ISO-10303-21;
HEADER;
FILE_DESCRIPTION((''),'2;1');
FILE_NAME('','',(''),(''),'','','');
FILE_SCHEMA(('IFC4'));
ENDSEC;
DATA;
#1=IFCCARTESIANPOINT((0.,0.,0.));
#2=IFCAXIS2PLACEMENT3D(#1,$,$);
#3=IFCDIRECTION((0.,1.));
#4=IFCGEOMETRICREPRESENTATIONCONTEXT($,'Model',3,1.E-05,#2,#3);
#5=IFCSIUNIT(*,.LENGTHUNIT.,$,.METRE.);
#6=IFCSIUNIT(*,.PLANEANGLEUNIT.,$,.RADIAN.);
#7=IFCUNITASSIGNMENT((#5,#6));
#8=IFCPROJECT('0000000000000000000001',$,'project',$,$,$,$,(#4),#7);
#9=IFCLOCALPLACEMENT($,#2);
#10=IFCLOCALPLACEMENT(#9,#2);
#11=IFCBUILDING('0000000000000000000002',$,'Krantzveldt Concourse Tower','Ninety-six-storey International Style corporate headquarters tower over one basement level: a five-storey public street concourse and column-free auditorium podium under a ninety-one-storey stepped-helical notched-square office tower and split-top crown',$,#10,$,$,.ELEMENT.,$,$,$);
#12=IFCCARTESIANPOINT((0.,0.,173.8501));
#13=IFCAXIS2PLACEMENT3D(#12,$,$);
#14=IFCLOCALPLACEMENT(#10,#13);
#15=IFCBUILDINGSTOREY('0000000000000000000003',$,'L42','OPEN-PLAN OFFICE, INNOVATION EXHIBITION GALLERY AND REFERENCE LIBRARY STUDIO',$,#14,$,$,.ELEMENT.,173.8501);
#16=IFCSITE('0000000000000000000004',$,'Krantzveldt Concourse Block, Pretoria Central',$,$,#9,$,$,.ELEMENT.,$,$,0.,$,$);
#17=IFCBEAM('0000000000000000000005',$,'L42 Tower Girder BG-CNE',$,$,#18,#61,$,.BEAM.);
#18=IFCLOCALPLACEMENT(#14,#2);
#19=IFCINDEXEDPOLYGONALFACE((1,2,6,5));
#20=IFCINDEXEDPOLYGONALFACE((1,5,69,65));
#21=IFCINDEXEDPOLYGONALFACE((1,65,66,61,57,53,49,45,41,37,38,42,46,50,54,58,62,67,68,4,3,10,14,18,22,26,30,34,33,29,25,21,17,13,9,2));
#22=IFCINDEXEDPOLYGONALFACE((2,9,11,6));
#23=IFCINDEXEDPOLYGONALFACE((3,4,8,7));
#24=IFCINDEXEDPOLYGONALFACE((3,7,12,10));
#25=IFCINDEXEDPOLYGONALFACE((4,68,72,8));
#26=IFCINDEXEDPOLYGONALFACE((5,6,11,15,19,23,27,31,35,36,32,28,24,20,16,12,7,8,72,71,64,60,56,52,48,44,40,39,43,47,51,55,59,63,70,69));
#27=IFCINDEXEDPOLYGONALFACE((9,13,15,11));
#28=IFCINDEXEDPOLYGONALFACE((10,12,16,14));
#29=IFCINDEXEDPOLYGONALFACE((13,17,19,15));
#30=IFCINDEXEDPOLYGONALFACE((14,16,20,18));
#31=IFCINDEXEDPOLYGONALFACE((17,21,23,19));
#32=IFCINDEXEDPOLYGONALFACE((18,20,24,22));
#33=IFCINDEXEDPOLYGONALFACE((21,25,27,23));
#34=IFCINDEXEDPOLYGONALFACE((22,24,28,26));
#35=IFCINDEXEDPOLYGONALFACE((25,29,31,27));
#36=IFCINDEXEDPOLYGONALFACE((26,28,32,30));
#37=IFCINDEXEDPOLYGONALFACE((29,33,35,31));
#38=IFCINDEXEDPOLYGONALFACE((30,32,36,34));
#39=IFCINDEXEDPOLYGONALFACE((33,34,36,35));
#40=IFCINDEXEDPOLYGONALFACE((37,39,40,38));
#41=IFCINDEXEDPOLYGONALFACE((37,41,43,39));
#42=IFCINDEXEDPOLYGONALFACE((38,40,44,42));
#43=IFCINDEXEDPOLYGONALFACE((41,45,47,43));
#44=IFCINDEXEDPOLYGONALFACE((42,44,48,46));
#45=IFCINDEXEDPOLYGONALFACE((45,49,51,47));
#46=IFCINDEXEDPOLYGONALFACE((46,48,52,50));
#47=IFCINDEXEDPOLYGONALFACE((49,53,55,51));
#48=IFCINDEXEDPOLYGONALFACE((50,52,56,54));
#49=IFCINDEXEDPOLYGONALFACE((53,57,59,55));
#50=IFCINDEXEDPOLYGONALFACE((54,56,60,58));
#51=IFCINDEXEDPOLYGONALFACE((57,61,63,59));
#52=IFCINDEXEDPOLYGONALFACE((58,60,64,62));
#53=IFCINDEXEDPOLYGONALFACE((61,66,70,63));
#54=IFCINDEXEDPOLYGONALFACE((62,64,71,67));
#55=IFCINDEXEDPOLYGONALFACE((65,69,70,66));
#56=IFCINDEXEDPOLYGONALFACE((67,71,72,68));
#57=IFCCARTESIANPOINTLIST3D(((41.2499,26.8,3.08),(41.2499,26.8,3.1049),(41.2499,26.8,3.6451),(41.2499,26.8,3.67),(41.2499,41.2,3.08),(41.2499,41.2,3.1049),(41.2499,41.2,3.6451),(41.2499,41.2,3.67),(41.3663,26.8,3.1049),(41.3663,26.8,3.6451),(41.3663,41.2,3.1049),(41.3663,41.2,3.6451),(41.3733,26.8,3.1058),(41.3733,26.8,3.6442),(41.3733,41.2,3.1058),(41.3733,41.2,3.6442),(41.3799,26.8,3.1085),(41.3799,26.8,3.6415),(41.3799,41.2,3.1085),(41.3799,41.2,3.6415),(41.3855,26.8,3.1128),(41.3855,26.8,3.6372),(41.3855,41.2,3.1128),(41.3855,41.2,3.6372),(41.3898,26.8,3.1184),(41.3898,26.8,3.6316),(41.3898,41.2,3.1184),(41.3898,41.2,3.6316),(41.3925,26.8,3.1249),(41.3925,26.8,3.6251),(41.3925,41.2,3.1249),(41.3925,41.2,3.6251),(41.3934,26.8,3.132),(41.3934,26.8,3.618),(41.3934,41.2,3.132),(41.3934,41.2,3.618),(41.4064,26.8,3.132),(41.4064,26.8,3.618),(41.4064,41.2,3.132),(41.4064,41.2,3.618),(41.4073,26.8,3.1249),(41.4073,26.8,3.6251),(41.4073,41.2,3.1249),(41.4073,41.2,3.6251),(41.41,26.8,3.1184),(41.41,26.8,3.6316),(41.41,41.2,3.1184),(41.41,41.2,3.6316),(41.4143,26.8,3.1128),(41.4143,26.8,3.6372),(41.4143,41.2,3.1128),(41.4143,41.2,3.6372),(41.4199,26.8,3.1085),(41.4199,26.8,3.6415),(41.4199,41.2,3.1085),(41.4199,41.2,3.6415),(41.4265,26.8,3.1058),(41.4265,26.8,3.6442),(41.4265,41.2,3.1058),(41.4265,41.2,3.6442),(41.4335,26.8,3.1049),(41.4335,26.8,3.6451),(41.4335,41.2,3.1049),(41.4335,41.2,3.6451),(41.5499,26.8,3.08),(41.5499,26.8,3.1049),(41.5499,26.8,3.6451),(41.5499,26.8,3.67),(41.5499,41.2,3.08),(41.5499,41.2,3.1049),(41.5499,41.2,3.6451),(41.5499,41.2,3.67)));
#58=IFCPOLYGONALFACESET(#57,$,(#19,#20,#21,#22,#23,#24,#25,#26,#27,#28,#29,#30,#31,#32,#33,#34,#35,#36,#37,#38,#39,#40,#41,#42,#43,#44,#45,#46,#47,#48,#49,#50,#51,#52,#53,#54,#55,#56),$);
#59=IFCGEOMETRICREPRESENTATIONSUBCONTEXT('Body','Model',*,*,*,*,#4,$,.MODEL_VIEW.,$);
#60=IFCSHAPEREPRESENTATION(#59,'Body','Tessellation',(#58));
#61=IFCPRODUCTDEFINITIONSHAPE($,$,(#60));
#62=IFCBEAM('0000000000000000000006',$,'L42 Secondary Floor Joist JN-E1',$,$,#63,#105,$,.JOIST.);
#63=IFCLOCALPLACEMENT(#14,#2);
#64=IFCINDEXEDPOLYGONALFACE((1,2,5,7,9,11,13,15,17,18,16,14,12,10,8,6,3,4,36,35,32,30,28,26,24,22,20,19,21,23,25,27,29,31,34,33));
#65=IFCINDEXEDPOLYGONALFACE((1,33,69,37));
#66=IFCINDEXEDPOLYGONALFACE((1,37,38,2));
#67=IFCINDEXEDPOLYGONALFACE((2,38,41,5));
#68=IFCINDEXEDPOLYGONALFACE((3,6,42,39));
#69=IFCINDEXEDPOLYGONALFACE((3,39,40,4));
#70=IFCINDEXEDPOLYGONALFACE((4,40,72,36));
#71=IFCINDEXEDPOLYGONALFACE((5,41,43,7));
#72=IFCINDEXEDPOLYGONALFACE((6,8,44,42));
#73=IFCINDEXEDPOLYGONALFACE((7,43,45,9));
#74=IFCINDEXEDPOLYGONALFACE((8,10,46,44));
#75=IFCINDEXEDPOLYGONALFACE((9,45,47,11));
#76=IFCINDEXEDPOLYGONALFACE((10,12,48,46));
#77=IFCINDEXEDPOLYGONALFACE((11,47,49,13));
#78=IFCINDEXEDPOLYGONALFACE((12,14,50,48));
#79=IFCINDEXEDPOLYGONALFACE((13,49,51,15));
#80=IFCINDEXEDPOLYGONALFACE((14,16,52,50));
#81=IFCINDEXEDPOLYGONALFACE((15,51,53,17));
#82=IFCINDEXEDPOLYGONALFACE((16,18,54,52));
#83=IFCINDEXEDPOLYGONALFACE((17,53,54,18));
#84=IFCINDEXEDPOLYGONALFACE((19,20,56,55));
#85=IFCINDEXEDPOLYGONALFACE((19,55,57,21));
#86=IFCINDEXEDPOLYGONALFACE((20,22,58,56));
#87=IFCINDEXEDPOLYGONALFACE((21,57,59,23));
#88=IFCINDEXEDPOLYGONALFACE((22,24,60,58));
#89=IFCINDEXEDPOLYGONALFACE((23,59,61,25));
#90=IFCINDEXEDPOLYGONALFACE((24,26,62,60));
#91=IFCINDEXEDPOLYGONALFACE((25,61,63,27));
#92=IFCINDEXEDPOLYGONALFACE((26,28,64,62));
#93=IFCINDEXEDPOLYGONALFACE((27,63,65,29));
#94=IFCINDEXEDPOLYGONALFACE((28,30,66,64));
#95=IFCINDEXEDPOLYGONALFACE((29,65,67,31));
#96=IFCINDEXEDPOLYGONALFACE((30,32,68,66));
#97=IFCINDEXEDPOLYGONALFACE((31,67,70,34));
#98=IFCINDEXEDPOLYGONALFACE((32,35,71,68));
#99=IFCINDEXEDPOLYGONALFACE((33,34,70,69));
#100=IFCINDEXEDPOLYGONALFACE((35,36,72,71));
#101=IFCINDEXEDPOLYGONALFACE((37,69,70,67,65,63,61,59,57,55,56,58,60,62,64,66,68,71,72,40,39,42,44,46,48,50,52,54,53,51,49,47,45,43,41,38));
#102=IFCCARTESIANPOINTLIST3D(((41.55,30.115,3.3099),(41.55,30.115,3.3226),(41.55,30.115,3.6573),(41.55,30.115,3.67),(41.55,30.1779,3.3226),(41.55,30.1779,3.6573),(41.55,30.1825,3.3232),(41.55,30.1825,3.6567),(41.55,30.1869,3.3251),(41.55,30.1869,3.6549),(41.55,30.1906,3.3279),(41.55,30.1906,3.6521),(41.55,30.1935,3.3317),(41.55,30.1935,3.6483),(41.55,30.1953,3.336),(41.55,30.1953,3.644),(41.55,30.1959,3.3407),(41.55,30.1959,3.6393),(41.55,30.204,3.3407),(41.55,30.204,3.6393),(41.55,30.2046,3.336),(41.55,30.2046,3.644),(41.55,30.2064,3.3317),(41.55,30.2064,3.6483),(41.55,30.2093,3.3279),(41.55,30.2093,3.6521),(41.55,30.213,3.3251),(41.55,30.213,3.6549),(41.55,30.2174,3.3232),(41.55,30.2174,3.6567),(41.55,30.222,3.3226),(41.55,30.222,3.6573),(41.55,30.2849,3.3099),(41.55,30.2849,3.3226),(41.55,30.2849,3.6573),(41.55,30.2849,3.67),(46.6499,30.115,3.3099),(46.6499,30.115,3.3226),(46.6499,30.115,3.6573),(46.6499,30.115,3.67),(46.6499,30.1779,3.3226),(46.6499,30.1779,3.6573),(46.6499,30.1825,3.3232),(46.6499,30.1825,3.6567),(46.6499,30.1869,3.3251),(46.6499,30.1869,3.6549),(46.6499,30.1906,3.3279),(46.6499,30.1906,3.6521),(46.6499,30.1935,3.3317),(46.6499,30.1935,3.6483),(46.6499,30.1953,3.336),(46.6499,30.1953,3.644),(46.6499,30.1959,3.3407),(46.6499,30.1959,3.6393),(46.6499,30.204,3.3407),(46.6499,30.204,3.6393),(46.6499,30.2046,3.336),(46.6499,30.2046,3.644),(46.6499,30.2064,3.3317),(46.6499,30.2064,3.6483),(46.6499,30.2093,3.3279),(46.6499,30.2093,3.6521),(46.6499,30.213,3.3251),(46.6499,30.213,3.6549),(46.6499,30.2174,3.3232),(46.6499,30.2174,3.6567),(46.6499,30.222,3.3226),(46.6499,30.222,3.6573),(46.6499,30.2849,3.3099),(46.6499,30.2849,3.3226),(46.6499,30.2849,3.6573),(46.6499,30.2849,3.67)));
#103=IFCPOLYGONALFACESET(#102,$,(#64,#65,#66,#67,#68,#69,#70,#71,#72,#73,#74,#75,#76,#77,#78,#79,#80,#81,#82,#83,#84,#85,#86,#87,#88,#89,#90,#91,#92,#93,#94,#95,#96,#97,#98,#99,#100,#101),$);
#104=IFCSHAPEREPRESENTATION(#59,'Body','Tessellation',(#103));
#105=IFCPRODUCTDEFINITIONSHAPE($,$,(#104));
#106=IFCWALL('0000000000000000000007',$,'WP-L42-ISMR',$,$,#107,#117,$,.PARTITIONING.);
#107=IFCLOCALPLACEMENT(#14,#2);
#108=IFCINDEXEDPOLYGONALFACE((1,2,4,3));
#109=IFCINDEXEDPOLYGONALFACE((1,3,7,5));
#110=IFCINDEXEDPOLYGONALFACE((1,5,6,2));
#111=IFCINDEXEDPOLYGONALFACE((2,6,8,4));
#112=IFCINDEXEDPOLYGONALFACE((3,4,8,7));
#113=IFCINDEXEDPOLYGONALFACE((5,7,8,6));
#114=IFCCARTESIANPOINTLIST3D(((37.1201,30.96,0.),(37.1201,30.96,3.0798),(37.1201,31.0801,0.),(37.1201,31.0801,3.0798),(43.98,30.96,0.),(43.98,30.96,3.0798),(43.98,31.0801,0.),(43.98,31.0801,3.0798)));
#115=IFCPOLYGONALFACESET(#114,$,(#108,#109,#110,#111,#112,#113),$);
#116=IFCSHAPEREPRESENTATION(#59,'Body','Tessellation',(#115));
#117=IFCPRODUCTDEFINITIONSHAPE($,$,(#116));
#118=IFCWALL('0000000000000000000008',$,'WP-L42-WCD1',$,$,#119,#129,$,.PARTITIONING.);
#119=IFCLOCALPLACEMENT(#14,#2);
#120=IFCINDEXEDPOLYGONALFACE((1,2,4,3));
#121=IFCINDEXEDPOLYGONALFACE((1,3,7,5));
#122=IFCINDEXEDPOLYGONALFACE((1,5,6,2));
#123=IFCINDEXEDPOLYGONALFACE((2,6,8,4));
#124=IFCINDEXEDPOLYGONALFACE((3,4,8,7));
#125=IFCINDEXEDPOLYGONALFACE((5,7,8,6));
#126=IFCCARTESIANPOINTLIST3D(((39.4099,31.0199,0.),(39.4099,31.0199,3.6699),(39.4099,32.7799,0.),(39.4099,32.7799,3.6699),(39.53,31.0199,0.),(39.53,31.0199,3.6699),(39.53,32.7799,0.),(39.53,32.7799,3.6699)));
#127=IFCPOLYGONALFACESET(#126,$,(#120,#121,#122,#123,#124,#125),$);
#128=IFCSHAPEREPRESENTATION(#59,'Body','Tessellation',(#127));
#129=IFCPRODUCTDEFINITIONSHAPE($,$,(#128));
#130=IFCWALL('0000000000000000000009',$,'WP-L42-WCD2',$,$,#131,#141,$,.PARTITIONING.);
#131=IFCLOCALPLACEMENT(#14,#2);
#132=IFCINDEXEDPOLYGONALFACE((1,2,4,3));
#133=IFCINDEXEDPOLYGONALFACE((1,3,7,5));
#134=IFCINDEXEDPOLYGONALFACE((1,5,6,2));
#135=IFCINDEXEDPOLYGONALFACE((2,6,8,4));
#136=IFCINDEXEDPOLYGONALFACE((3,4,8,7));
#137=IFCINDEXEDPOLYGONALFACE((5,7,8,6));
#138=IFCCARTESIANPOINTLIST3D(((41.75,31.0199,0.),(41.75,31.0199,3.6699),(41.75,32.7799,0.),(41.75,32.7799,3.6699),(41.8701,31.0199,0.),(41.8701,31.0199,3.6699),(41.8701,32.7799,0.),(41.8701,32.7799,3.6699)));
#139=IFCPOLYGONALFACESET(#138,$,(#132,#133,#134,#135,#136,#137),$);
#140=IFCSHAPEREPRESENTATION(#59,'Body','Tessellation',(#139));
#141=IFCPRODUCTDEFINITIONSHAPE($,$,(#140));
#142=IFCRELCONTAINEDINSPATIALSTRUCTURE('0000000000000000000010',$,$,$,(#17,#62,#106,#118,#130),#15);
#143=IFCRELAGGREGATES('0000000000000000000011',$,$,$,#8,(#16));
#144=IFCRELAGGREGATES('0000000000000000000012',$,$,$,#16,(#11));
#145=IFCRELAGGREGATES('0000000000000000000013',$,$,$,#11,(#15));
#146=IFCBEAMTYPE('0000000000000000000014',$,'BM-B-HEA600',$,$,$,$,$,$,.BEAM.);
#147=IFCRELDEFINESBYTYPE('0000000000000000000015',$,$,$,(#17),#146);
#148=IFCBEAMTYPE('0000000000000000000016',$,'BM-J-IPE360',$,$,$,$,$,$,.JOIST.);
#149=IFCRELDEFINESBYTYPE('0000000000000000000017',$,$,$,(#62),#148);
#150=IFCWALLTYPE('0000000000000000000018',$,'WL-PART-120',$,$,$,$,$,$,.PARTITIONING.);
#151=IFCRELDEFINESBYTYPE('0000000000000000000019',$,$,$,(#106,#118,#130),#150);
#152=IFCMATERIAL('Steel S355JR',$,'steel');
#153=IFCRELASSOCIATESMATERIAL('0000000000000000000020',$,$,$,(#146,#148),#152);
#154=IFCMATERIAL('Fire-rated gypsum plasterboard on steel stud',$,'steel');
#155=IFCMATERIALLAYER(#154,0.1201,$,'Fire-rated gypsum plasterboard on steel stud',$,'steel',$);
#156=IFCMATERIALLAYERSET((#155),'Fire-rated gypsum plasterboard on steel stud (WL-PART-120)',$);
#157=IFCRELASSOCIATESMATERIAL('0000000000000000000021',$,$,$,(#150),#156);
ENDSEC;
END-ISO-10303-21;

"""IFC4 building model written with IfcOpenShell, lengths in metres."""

from ifc_helpers import new_model, si_unit, direction, frame, frame_2d, origin, origin_2d, place, context, subcontext, project, spatial, rectangle, i_section, extrude, source, transform, mapped, material, layer, layer_set, material_profile, profile_set, type_object, type_shapes, element, save


model = new_model("IFC4")

# Units and contexts
model_context = context("Model", 3, precision=1e-05, world=origin(), true_north=direction((0.0, 1.0)))
body_context = subcontext(model_context, "Body", "Model", "MODEL_VIEW")
ifc_project = project(units=[si_unit("LENGTHUNIT", "METRE"), si_unit("PLANEANGLEUNIT", "RADIAN")], contexts=[model_context])

# Site, building, storey
site_placement = place(None, origin())
site = spatial("IfcSite", under=ifc_project, at=site_placement, Name="Krantzveldt Concourse Block, Pretoria Central", CompositionType="ELEMENT", RefElevation=0.0)
building_placement = place(site_placement, origin())
building = spatial("IfcBuilding", under=site, at=building_placement, Name="Krantzveldt Concourse Tower", Description="Ninety-six-storey International Style corporate headquarters tower over one basement level: a five-storey public street concourse and column-free auditorium podium under a ninety-one-storey stepped-helical notched-square office tower and split-top crown", CompositionType="ELEMENT")
storey_placement = place(building_placement, frame((0.0, 0.0, 173.8501)))
storey = spatial("IfcBuildingStorey", under=building, at=storey_placement, Name="L42", Description="OPEN-PLAN OFFICE, INNOVATION EXHIBITION GALLERY AND REFERENCE LIBRARY STUDIO", CompositionType="ELEMENT", Elevation=173.8501)

# Beams
ifc_material_1 = material(Name="Steel S355JR", Category="steel")
ifc_material_profile_1 = material_profile(ifc_material_1, i_section(OverallWidth=0.3, OverallDepth=0.5901, WebThickness=0.0129, FlangeThickness=0.0249, FilletRadius=0.0271, at=origin_2d()), Name="Steel S355JR", Category="steel")
ifc_profile_set_1 = profile_set([ifc_material_profile_1], Name="Steel S355JR - HEA 600")
beam_type_1 = type_object("IfcBeamType", Name="BM-B-HEA600", PredefinedType="BEAM", material=ifc_profile_set_1)
shared_shape_1 = source(origin(), body_context, "Body", "SweptSolid", [
    extrude(i_section(OverallWidth=0.3, OverallDepth=0.5901, WebThickness=0.0129, FlangeThickness=0.0249, FilletRadius=0.0271, at=origin_2d()), origin(), (0.0, 0.0, 1.0), 14.3999),
])
type_shapes(beam_type_1, [shared_shape_1])
beam_1_placement = place(storey_placement, frame((41.3999, 26.8, 3.375), z_axis=(0.0, 1.0, 0.0), x_axis=(-1.0, 0.0, 0.0)))
element("IfcBeam", 1, at=beam_1_placement, inside=storey, type_object=beam_type_1, Name="L42 Tower Girder BG-CNE", PredefinedType="BEAM", context=body_context, shape_type="MappedRepresentation", body=[
    mapped(shared_shape_1, transform((0.0, 0.0, 0.0), x_axis=(1.0, 0.0, 0.0), y_axis=(0.0, 1.0, 0.0), z_axis=(0.0, 0.0, 1.0), scale=1.0)),
])
ifc_material_profile_2 = material_profile(ifc_material_1, i_section(OverallWidth=0.1699, OverallDepth=0.3601, WebThickness=0.0081, FlangeThickness=0.0127, FilletRadius=0.0181, at=origin_2d()), Name="Steel S355JR", Category="steel")
ifc_profile_set_2 = profile_set([ifc_material_profile_2], Name="Steel S355JR - IPE 360")
beam_type_2 = type_object("IfcBeamType", Name="BM-J-IPE360", PredefinedType="JOIST", material=ifc_profile_set_2)
shared_shape_2 = source(origin(), body_context, "Body", "SweptSolid", [
    extrude(i_section(OverallWidth=0.1699, OverallDepth=0.3601, WebThickness=0.0081, FlangeThickness=0.0127, FilletRadius=0.0181, at=origin_2d()), origin(), (0.0, 0.0, 1.0), 5.0999),
])
type_shapes(beam_type_2, [shared_shape_2])
beam_2_placement = place(storey_placement, frame((41.55, 30.2, 3.49), z_axis=(1.0, 0.0, 0.0), x_axis=(0.0, 1.0, 0.0)))
element("IfcBeam", 2, at=beam_2_placement, inside=storey, type_object=beam_type_2, Name="L42 Secondary Floor Joist JN-E1", PredefinedType="JOIST", context=body_context, shape_type="MappedRepresentation", body=[
    mapped(shared_shape_2, transform((0.0, 0.0, 0.0), x_axis=(1.0, 0.0, 0.0), y_axis=(0.0, 1.0, 0.0), z_axis=(0.0, 0.0, 1.0), scale=1.0)),
])

# Walls
ifc_material_2 = material(Name="Fire-rated gypsum plasterboard on steel stud", Category="steel")
ifc_layer_1 = layer(ifc_material_2, 0.1201, Name="Fire-rated gypsum plasterboard on steel stud", Category="steel")
ifc_layer_set_1 = layer_set([ifc_layer_1], Name="Fire-rated gypsum plasterboard on steel stud (WL-PART-120)")
wall_type_1 = type_object("IfcWallType", Name="WL-PART-120", PredefinedType="PARTITIONING", material=ifc_layer_set_1)
wall_1_placement = place(storey_placement, frame((37.1201, 31.02, 0.0), z_axis=(0.0, 0.0, 1.0), x_axis=(1.0, 0.0, 0.0)))
element("IfcWall", 3, at=wall_1_placement, inside=storey, type_object=wall_type_1, Name="WP-L42-ISMR", PredefinedType="PARTITIONING", context=body_context, shape_type="SweptSolid", body=[
    extrude(rectangle(XDim=6.8599, YDim=0.1201, at=frame_2d((3.4299, 0.0))), origin(), (0.0, 0.0, 1.0), 3.0798),
])
for number, where, z_axis, x_axis, name in (
    (4, (39.47, 31.02, 0.0), (0.0, 0.0, 1.0), (0.0, 1.0, 0.0), "WP-L42-WCD1"),
    (5, (41.8101, 31.02, 0.0), (0.0, 0.0, 1.0), (0.0, 1.0, 0.0), "WP-L42-WCD2"),
):
    element("IfcWall", number, at=place(storey_placement, frame(where, z_axis=z_axis, x_axis=x_axis)), inside=storey, type_object=wall_type_1, Name=name, PredefinedType="PARTITIONING", context=body_context, shape_type="SweptSolid", body=[
        extrude(rectangle(XDim=1.76, YDim=0.1201, at=frame_2d((0.8799, 0.0))), origin(), (0.0, 0.0, 1.0), 3.6699),
    ])

save(model, "model.ifc")
